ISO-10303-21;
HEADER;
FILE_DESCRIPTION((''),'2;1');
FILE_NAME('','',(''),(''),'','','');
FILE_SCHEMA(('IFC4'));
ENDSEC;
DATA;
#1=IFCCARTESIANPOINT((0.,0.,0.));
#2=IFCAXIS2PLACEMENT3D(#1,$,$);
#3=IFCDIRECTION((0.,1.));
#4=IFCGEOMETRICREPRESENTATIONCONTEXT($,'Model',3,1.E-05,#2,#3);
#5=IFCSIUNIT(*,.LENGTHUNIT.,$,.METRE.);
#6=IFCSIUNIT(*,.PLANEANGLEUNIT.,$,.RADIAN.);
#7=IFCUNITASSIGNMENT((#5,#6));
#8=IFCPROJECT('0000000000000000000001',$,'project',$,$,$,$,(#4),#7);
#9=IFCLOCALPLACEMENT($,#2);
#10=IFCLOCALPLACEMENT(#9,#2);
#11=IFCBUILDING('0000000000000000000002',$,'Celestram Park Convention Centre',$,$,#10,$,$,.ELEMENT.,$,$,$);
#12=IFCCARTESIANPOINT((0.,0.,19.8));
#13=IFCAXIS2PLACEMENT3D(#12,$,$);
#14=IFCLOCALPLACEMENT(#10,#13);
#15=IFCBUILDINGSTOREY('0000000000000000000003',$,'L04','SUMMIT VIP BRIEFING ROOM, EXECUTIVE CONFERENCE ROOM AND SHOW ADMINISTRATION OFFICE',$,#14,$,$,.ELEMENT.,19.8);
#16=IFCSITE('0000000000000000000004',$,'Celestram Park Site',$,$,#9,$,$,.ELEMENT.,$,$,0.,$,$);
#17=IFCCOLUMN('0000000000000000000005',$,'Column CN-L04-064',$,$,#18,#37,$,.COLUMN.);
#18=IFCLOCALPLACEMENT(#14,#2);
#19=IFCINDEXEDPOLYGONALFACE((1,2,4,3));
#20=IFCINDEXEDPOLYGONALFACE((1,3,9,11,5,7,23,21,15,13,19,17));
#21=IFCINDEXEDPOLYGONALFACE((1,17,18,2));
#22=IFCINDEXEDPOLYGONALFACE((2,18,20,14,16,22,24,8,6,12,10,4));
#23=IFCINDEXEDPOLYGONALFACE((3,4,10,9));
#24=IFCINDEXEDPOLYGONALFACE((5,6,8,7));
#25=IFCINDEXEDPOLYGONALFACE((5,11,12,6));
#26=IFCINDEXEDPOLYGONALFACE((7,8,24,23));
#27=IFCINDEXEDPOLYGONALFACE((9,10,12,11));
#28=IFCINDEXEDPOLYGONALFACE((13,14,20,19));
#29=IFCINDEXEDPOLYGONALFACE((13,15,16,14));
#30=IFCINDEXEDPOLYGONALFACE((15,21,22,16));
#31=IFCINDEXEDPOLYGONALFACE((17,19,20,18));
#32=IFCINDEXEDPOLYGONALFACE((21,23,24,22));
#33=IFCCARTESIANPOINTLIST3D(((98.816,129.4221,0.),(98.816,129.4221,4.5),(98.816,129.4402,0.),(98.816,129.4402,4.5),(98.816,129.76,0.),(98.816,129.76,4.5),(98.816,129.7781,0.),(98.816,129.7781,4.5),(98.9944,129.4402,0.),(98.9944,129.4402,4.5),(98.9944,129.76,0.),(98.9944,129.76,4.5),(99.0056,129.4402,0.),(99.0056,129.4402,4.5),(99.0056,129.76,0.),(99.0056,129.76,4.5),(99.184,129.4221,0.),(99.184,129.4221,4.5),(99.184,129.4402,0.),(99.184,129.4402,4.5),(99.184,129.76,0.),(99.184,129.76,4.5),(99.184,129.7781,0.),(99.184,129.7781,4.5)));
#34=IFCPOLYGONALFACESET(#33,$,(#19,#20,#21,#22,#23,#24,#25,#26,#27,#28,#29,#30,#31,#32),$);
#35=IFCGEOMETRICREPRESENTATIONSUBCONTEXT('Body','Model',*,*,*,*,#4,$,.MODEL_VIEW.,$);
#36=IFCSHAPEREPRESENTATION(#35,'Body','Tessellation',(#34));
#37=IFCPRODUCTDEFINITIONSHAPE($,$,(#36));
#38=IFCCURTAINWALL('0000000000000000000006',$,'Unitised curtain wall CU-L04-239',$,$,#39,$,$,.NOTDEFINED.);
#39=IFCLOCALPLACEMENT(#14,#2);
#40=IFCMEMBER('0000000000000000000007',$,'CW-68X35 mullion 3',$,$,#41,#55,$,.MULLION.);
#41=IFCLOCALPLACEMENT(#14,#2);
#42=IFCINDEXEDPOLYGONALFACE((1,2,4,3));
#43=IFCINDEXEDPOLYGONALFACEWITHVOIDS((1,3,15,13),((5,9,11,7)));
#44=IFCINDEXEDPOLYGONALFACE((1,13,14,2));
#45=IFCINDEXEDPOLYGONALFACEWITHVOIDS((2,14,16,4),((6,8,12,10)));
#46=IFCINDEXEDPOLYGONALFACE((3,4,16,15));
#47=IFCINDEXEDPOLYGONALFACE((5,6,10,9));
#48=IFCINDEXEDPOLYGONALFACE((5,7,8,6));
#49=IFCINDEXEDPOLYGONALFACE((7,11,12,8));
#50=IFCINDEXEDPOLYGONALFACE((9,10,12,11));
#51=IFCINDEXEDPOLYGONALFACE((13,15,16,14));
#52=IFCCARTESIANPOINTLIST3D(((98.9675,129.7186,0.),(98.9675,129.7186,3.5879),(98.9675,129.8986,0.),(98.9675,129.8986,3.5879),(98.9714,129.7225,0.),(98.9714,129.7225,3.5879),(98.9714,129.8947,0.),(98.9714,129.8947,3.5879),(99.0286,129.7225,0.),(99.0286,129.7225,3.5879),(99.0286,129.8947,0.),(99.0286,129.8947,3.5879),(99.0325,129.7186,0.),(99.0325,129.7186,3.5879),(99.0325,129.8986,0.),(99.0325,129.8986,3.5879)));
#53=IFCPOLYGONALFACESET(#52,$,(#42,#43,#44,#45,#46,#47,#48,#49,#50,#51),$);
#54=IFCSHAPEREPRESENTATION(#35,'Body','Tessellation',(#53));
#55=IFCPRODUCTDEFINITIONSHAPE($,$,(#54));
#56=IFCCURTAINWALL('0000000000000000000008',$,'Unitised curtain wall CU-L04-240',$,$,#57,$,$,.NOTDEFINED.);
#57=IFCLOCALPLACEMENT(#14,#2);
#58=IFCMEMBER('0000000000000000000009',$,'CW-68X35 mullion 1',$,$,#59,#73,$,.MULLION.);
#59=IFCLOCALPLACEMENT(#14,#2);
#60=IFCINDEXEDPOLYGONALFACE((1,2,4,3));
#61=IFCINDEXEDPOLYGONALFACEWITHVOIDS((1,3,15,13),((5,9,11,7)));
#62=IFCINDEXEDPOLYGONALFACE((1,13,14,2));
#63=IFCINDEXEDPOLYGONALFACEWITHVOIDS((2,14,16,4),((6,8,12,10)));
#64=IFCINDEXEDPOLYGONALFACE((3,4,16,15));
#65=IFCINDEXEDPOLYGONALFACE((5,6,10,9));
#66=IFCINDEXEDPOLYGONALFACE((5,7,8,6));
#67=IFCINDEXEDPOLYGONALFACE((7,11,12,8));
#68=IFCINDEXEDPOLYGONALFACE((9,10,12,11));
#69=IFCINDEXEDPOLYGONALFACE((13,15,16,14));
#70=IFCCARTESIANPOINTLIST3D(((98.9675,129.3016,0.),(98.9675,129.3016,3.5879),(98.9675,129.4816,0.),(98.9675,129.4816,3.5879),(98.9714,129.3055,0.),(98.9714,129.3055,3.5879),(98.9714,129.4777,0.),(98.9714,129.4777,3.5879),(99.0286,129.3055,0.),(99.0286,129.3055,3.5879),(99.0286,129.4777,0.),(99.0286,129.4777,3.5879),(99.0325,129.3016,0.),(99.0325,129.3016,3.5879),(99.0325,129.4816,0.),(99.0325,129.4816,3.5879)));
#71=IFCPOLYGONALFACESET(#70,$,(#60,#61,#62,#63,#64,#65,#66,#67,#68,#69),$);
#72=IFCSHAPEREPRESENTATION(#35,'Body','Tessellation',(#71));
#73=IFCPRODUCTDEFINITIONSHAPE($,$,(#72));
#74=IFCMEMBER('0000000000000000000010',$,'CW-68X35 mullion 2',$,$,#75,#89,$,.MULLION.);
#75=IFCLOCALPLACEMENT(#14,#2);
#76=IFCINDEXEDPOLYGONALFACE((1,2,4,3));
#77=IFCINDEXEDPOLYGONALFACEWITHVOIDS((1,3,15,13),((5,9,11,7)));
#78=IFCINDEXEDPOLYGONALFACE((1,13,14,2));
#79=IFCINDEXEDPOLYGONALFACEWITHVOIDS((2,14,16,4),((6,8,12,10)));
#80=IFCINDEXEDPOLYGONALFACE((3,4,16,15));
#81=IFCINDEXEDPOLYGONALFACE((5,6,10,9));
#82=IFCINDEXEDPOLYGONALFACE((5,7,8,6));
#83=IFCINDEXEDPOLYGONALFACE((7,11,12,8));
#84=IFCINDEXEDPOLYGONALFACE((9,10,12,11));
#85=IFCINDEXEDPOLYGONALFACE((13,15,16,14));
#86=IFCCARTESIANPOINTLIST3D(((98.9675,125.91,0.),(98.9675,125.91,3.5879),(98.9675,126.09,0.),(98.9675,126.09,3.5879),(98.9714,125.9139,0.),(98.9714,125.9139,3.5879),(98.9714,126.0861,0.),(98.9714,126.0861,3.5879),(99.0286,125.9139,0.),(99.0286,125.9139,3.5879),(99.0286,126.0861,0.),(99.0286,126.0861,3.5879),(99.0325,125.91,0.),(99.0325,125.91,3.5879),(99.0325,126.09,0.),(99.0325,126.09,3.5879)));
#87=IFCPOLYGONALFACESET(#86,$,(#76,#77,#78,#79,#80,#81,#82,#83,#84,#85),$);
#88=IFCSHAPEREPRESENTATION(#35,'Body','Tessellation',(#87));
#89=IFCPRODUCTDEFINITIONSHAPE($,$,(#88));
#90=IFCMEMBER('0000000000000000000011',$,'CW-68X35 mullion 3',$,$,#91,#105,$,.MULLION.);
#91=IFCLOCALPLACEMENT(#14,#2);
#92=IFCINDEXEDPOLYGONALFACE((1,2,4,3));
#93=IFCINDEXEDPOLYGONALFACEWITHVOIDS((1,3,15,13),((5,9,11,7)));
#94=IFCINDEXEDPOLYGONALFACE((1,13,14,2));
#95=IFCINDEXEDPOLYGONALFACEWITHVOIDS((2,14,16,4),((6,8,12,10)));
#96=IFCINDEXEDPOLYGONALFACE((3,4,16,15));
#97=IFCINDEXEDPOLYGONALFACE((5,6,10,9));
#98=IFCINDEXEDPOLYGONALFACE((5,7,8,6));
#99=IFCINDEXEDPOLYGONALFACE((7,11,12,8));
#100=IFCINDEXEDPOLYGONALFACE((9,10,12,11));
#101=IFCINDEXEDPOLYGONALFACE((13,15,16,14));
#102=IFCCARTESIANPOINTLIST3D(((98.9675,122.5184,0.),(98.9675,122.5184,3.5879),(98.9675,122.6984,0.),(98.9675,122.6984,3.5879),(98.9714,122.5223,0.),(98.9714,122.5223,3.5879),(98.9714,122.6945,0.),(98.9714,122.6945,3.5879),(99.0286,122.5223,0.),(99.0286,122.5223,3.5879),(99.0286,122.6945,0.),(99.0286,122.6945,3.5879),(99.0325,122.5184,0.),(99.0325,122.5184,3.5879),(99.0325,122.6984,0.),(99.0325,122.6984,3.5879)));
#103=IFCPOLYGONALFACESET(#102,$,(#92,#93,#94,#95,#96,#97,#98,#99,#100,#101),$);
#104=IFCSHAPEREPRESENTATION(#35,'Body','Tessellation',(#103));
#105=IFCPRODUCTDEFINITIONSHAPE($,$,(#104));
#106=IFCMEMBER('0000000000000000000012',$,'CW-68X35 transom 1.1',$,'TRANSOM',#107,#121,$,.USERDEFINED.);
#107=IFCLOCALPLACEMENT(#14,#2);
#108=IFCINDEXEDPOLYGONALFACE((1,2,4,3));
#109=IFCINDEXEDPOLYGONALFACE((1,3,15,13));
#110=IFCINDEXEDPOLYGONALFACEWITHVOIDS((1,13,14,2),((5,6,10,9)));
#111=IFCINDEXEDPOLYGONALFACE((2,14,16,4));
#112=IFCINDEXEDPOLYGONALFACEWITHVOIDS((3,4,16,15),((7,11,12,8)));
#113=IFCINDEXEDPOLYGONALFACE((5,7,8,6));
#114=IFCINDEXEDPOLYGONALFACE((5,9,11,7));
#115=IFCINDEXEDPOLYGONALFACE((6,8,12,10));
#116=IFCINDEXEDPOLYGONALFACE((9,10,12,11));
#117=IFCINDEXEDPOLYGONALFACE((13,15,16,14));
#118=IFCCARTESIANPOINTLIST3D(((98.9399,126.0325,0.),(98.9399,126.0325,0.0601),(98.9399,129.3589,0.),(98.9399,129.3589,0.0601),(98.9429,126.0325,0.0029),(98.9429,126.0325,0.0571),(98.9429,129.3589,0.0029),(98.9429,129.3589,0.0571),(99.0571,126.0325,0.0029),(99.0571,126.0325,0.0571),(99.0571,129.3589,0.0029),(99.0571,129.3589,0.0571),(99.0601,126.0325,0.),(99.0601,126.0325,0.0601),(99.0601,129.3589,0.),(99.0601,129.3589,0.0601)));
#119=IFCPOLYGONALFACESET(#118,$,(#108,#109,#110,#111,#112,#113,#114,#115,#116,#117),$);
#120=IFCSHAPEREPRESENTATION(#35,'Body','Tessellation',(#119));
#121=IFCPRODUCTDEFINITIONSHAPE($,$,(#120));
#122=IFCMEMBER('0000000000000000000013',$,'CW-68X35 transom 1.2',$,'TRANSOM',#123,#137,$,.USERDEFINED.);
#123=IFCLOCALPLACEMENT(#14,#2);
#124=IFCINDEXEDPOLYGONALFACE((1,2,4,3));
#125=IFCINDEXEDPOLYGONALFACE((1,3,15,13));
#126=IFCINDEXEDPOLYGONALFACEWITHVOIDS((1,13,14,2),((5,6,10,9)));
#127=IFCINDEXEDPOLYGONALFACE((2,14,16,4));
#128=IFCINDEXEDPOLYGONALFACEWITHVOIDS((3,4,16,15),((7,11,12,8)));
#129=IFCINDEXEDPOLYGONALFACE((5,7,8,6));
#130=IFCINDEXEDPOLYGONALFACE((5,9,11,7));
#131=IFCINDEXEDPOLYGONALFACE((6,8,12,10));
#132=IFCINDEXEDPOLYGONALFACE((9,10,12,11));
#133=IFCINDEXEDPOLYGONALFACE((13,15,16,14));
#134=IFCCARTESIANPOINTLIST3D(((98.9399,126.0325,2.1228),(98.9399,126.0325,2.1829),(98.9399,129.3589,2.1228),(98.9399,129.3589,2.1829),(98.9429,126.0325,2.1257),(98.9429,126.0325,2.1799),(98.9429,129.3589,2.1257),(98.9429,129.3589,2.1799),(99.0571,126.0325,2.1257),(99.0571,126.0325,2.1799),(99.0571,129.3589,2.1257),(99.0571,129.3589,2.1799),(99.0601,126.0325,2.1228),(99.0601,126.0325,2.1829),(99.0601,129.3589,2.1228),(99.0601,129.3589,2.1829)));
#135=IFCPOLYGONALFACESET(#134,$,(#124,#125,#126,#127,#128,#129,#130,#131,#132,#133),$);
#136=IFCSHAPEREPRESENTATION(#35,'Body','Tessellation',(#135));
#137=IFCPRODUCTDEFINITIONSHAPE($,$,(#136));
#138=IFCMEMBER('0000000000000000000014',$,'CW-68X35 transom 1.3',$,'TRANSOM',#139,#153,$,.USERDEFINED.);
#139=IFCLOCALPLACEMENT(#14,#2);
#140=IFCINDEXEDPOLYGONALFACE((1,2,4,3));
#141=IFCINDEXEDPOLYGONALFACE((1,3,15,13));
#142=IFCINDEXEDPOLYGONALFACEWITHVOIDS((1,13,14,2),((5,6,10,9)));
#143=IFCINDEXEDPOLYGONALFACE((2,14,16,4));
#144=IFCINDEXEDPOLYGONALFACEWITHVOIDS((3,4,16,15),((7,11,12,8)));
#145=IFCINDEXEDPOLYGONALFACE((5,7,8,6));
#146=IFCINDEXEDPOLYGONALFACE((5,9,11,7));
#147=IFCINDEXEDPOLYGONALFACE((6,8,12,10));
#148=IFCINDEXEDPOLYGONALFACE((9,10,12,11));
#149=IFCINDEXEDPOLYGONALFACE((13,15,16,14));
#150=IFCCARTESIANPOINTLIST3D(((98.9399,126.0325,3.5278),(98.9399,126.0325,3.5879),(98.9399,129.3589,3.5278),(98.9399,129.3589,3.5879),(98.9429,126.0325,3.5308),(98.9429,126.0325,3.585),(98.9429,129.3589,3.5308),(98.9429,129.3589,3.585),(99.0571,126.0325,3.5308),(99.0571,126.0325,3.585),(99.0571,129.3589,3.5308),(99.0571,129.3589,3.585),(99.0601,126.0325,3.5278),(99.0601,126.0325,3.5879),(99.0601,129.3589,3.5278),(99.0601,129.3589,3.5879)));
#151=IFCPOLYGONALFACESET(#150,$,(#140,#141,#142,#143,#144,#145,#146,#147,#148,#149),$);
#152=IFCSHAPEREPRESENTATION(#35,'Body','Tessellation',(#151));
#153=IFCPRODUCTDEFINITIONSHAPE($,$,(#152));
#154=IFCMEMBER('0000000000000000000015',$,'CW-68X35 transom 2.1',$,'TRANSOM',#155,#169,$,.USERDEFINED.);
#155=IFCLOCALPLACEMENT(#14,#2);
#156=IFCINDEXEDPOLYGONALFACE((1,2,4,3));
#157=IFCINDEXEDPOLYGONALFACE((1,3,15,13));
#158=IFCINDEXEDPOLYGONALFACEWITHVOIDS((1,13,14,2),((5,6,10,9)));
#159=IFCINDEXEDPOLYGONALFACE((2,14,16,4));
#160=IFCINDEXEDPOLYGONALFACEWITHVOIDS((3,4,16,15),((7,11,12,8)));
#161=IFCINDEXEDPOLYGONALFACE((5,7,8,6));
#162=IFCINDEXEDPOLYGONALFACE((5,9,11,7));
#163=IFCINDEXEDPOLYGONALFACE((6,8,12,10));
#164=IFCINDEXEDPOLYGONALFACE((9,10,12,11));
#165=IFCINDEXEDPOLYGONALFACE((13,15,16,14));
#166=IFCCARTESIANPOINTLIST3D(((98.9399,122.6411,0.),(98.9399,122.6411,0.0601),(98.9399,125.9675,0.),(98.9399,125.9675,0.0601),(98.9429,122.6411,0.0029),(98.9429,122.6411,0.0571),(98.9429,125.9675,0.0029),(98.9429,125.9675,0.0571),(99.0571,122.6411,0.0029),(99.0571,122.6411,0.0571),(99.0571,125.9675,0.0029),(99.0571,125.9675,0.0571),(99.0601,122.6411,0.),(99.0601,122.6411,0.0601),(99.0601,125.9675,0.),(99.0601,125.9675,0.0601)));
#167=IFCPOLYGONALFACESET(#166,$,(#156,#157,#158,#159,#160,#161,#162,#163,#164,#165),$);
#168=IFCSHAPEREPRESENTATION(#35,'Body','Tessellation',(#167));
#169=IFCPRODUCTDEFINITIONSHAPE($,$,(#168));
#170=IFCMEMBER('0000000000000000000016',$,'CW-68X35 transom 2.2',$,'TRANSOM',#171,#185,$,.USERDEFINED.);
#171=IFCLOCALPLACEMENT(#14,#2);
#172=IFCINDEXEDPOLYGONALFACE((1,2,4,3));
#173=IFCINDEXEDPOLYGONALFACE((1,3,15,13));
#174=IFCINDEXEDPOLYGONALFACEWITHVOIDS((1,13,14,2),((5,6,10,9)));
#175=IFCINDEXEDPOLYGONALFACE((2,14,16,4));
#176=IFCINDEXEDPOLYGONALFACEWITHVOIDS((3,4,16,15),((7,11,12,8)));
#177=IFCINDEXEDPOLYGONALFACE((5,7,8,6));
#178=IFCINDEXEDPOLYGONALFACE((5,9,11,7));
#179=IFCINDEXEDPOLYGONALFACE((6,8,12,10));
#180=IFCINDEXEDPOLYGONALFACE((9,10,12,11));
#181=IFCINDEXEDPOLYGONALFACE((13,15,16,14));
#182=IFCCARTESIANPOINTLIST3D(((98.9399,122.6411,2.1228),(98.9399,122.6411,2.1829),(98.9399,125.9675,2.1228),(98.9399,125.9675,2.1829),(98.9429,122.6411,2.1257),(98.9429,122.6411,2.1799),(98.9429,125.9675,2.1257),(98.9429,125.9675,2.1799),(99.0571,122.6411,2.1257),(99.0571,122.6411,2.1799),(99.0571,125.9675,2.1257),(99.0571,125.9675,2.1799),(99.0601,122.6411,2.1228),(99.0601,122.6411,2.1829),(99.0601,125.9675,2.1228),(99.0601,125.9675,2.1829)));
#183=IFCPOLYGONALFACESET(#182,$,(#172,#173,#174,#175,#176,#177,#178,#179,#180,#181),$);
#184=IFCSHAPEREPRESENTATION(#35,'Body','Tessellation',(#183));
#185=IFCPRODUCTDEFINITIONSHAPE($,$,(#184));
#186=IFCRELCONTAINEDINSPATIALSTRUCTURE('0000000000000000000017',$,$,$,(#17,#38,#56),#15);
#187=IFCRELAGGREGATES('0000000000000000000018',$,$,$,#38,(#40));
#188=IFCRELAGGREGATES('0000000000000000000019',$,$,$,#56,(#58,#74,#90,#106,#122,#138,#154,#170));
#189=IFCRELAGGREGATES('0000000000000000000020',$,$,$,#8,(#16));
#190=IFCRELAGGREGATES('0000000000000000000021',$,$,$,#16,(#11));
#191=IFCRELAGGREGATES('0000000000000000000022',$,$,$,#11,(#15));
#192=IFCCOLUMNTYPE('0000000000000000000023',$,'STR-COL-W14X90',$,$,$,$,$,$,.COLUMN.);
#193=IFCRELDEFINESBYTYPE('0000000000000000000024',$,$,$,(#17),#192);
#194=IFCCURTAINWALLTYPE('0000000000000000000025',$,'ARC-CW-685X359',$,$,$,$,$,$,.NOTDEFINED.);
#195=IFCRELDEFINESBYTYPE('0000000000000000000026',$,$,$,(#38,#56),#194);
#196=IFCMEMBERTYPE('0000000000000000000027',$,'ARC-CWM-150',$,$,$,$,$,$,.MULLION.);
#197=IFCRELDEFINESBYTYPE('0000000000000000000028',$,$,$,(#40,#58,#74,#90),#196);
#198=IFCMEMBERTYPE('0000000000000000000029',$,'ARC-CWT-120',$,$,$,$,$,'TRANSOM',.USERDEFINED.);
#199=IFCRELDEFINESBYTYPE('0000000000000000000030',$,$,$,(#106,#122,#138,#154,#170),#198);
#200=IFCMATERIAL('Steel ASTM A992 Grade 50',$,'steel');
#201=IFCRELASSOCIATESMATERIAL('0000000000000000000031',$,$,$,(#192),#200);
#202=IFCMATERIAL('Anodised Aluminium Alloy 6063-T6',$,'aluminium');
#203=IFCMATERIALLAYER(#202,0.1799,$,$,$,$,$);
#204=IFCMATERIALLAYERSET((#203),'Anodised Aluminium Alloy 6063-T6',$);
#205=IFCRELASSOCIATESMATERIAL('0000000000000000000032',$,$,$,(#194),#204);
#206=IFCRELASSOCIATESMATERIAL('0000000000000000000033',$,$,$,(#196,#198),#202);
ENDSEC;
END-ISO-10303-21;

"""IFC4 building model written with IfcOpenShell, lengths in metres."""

from ifc_helpers import new_model, si_unit, direction, frame, origin, origin_2d, place, context, subcontext, project, spatial, hollow_rectangle, i_section, extrude, material, layer, layer_set, material_profile, profile_set, type_object, element, aggregate, save


model = new_model("IFC4")

# Units and contexts
model_context = context("Model", 3, precision=1e-05, world=origin(), true_north=direction((0.0, 1.0)))
body_context = subcontext(model_context, "Body", "Model", "MODEL_VIEW")
ifc_project = project(units=[si_unit("LENGTHUNIT", "METRE"), si_unit("PLANEANGLEUNIT", "RADIAN")], contexts=[model_context])

# Site, building, storey
site_placement = place(None, origin())
site = spatial("IfcSite", under=ifc_project, at=site_placement, Name="Celestram Park Site", CompositionType="ELEMENT", RefElevation=0.0)
building_placement = place(site_placement, origin())
building = spatial("IfcBuilding", under=site, at=building_placement, Name="Celestram Park Convention Centre", CompositionType="ELEMENT")
storey_placement = place(building_placement, frame((0.0, 0.0, 19.8)))
storey = spatial("IfcBuildingStorey", under=building, at=storey_placement, Name="L04", Description="SUMMIT VIP BRIEFING ROOM, EXECUTIVE CONFERENCE ROOM AND SHOW ADMINISTRATION OFFICE", CompositionType="ELEMENT", Elevation=19.8)

# Column
ifc_material_1 = material(Name="Steel ASTM A992 Grade 50", Category="steel")
ifc_material_profile_1 = material_profile(ifc_material_1, i_section(OverallWidth=0.3679, OverallDepth=0.356, WebThickness=0.0112, FlangeThickness=0.0181, at=origin_2d()), Name="W14X90")
ifc_profile_set_1 = profile_set([ifc_material_profile_1], Name="Steel ASTM A992 Grade 50")
column_type = type_object("IfcColumnType", Name="STR-COL-W14X90", PredefinedType="COLUMN", material=ifc_profile_set_1)
column_placement = place(storey_placement, frame((99.0, 129.6001, 0.0), z_axis=(0.0, 0.0, 1.0), x_axis=(1.0, 0.0, 0.0)))
element("IfcColumn", 1, at=column_placement, inside=storey, type_object=column_type, Name="Column CN-L04-064", PredefinedType="COLUMN", context=body_context, shape_type="SweptSolid", body=[
    extrude(i_section(OverallWidth=0.3679, OverallDepth=0.356, WebThickness=0.0112, FlangeThickness=0.0181, at=origin_2d()), origin(), (0.0, 0.0, 1.0), 4.5),
])

# Curtain wall, member
ifc_material_2 = material(Name="Anodised Aluminium Alloy 6063-T6", Category="aluminium")
ifc_layer_1 = layer(ifc_material_2, 0.1799)
ifc_layer_set_1 = layer_set([ifc_layer_1], Name="Anodised Aluminium Alloy 6063-T6")
curtain_wall_type = type_object("IfcCurtainWallType", Name="ARC-CW-685X359", PredefinedType="NOTDEFINED", material=ifc_layer_set_1)
curtain_wall_1_placement = place(storey_placement, origin())
curtain_wall_1 = element("IfcCurtainWall", 2, at=curtain_wall_1_placement, inside=storey, type_object=curtain_wall_type, Name="Unitised curtain wall CU-L04-239", PredefinedType="NOTDEFINED")
ifc_material_profile_2 = material_profile(ifc_material_2, hollow_rectangle(XDim=0.0649, YDim=0.1799, WallThickness=0.0039, at=origin_2d()), Name="ALU65X180X4")
ifc_profile_set_2 = profile_set([ifc_material_profile_2], Name="Anodised Aluminium Alloy 6063-T6")
member_type_1 = type_object("IfcMemberType", Name="ARC-CWM-150", PredefinedType="MULLION", material=ifc_profile_set_2)
member_1_placement = place(storey_placement, frame((99.0, 129.8086, 0.0), z_axis=(0.0, 0.0, 1.0), x_axis=(1.0, 0.0, 0.0)))
member_1 = element("IfcMember", 3, at=member_1_placement, type_object=member_type_1, Name="CW-68X35 mullion 3", PredefinedType="MULLION", context=body_context, shape_type="SweptSolid", body=[
    extrude(hollow_rectangle(XDim=0.0649, YDim=0.1799, WallThickness=0.0039, at=origin_2d()), origin(), (0.0, 0.0, 1.0), 3.5879),
])

# Curtain wall, members
curtain_wall_2_placement = place(storey_placement, origin())
curtain_wall_2 = element("IfcCurtainWall", 4, at=curtain_wall_2_placement, inside=storey, type_object=curtain_wall_type, Name="Unitised curtain wall CU-L04-240", PredefinedType="NOTDEFINED")
member_2_placement = place(storey_placement, frame((99.0, 129.3916, 0.0), z_axis=(0.0, 0.0, 1.0), x_axis=(1.0, 0.0, 0.0)))
member_2 = element("IfcMember", 5, at=member_2_placement, type_object=member_type_1, Name="CW-68X35 mullion 1", PredefinedType="MULLION", context=body_context, shape_type="SweptSolid", body=[
    extrude(hollow_rectangle(XDim=0.0649, YDim=0.1799, WallThickness=0.0039, at=origin_2d()), origin(), (0.0, 0.0, 1.0), 3.5879),
])
member_3_placement = place(storey_placement, frame((99.0, 126.0, 0.0), z_axis=(0.0, 0.0, 1.0), x_axis=(1.0, 0.0, 0.0)))
member_3 = element("IfcMember", 6, at=member_3_placement, type_object=member_type_1, Name="CW-68X35 mullion 2", PredefinedType="MULLION", context=body_context, shape_type="SweptSolid", body=[
    extrude(hollow_rectangle(XDim=0.0649, YDim=0.1799, WallThickness=0.0039, at=origin_2d()), origin(), (0.0, 0.0, 1.0), 3.5879),
])
member_4_placement = place(storey_placement, frame((99.0, 122.6084, 0.0), z_axis=(0.0, 0.0, 1.0), x_axis=(1.0, 0.0, 0.0)))
member_4 = element("IfcMember", 7, at=member_4_placement, type_object=member_type_1, Name="CW-68X35 mullion 3", PredefinedType="MULLION", context=body_context, shape_type="SweptSolid", body=[
    extrude(hollow_rectangle(XDim=0.0649, YDim=0.1799, WallThickness=0.0039, at=origin_2d()), origin(), (0.0, 0.0, 1.0), 3.5879),
])
ifc_material_profile_3 = material_profile(ifc_material_2, hollow_rectangle(XDim=0.1201, YDim=0.0601, WallThickness=0.0029, at=origin_2d()), Name="ALU120X60X3")
ifc_profile_set_3 = profile_set([ifc_material_profile_3], Name="Anodised Aluminium Alloy 6063-T6")
member_type_2 = type_object("IfcMemberType", Name="ARC-CWT-120", ElementType="TRANSOM", PredefinedType="USERDEFINED", material=ifc_profile_set_3)
member_5_placement = place(storey_placement, frame((99.0, 129.3589, 0.03), z_axis=(0.0, -1.0, 0.0), x_axis=(1.0, 0.0, 0.0)))
member_5 = element("IfcMember", 8, at=member_5_placement, type_object=member_type_2, Name="CW-68X35 transom 1.1", ObjectType="TRANSOM", PredefinedType="USERDEFINED", context=body_context, shape_type="SweptSolid", body=[
    extrude(hollow_rectangle(XDim=0.1201, YDim=0.0601, WallThickness=0.0029, at=origin_2d()), origin(), (0.0, 0.0, 1.0), 3.3264),
])
member_6_placement = place(storey_placement, frame((99.0, 129.3589, 2.1528), z_axis=(0.0, -1.0, 0.0), x_axis=(1.0, 0.0, 0.0)))
member_6 = element("IfcMember", 9, at=member_6_placement, type_object=member_type_2, Name="CW-68X35 transom 1.2", ObjectType="TRANSOM", PredefinedType="USERDEFINED", context=body_context, shape_type="SweptSolid", body=[
    extrude(hollow_rectangle(XDim=0.1201, YDim=0.0601, WallThickness=0.0029, at=origin_2d()), origin(), (0.0, 0.0, 1.0), 3.3264),
])
member_7_placement = place(storey_placement, frame((99.0, 129.3589, 3.5579), z_axis=(0.0, -1.0, 0.0), x_axis=(1.0, 0.0, 0.0)))
member_7 = element("IfcMember", 10, at=member_7_placement, type_object=member_type_2, Name="CW-68X35 transom 1.3", ObjectType="TRANSOM", PredefinedType="USERDEFINED", context=body_context, shape_type="SweptSolid", body=[
    extrude(hollow_rectangle(XDim=0.1201, YDim=0.0601, WallThickness=0.0029, at=origin_2d()), origin(), (0.0, 0.0, 1.0), 3.3264),
])
member_8_placement = place(storey_placement, frame((99.0, 125.9675, 0.03), z_axis=(0.0, -1.0, 0.0), x_axis=(1.0, 0.0, 0.0)))
member_8 = element("IfcMember", 11, at=member_8_placement, type_object=member_type_2, Name="CW-68X35 transom 2.1", ObjectType="TRANSOM", PredefinedType="USERDEFINED", context=body_context, shape_type="SweptSolid", body=[
    extrude(hollow_rectangle(XDim=0.1201, YDim=0.0601, WallThickness=0.0029, at=origin_2d()), origin(), (0.0, 0.0, 1.0), 3.3264),
])
member_9_placement = place(storey_placement, frame((99.0, 125.9675, 2.1528), z_axis=(0.0, -1.0, 0.0), x_axis=(1.0, 0.0, 0.0)))
member_9 = element("IfcMember", 12, at=member_9_placement, type_object=member_type_2, Name="CW-68X35 transom 2.2", ObjectType="TRANSOM", PredefinedType="USERDEFINED", context=body_context, shape_type="SweptSolid", body=[
    extrude(hollow_rectangle(XDim=0.1201, YDim=0.0601, WallThickness=0.0029, at=origin_2d()), origin(), (0.0, 0.0, 1.0), 3.3264),
])

aggregate(curtain_wall_1, [member_1])
aggregate(curtain_wall_2, [member_2, member_3, member_4, member_5, member_6, member_7, member_8, member_9])

save(model, "model.ifc")
